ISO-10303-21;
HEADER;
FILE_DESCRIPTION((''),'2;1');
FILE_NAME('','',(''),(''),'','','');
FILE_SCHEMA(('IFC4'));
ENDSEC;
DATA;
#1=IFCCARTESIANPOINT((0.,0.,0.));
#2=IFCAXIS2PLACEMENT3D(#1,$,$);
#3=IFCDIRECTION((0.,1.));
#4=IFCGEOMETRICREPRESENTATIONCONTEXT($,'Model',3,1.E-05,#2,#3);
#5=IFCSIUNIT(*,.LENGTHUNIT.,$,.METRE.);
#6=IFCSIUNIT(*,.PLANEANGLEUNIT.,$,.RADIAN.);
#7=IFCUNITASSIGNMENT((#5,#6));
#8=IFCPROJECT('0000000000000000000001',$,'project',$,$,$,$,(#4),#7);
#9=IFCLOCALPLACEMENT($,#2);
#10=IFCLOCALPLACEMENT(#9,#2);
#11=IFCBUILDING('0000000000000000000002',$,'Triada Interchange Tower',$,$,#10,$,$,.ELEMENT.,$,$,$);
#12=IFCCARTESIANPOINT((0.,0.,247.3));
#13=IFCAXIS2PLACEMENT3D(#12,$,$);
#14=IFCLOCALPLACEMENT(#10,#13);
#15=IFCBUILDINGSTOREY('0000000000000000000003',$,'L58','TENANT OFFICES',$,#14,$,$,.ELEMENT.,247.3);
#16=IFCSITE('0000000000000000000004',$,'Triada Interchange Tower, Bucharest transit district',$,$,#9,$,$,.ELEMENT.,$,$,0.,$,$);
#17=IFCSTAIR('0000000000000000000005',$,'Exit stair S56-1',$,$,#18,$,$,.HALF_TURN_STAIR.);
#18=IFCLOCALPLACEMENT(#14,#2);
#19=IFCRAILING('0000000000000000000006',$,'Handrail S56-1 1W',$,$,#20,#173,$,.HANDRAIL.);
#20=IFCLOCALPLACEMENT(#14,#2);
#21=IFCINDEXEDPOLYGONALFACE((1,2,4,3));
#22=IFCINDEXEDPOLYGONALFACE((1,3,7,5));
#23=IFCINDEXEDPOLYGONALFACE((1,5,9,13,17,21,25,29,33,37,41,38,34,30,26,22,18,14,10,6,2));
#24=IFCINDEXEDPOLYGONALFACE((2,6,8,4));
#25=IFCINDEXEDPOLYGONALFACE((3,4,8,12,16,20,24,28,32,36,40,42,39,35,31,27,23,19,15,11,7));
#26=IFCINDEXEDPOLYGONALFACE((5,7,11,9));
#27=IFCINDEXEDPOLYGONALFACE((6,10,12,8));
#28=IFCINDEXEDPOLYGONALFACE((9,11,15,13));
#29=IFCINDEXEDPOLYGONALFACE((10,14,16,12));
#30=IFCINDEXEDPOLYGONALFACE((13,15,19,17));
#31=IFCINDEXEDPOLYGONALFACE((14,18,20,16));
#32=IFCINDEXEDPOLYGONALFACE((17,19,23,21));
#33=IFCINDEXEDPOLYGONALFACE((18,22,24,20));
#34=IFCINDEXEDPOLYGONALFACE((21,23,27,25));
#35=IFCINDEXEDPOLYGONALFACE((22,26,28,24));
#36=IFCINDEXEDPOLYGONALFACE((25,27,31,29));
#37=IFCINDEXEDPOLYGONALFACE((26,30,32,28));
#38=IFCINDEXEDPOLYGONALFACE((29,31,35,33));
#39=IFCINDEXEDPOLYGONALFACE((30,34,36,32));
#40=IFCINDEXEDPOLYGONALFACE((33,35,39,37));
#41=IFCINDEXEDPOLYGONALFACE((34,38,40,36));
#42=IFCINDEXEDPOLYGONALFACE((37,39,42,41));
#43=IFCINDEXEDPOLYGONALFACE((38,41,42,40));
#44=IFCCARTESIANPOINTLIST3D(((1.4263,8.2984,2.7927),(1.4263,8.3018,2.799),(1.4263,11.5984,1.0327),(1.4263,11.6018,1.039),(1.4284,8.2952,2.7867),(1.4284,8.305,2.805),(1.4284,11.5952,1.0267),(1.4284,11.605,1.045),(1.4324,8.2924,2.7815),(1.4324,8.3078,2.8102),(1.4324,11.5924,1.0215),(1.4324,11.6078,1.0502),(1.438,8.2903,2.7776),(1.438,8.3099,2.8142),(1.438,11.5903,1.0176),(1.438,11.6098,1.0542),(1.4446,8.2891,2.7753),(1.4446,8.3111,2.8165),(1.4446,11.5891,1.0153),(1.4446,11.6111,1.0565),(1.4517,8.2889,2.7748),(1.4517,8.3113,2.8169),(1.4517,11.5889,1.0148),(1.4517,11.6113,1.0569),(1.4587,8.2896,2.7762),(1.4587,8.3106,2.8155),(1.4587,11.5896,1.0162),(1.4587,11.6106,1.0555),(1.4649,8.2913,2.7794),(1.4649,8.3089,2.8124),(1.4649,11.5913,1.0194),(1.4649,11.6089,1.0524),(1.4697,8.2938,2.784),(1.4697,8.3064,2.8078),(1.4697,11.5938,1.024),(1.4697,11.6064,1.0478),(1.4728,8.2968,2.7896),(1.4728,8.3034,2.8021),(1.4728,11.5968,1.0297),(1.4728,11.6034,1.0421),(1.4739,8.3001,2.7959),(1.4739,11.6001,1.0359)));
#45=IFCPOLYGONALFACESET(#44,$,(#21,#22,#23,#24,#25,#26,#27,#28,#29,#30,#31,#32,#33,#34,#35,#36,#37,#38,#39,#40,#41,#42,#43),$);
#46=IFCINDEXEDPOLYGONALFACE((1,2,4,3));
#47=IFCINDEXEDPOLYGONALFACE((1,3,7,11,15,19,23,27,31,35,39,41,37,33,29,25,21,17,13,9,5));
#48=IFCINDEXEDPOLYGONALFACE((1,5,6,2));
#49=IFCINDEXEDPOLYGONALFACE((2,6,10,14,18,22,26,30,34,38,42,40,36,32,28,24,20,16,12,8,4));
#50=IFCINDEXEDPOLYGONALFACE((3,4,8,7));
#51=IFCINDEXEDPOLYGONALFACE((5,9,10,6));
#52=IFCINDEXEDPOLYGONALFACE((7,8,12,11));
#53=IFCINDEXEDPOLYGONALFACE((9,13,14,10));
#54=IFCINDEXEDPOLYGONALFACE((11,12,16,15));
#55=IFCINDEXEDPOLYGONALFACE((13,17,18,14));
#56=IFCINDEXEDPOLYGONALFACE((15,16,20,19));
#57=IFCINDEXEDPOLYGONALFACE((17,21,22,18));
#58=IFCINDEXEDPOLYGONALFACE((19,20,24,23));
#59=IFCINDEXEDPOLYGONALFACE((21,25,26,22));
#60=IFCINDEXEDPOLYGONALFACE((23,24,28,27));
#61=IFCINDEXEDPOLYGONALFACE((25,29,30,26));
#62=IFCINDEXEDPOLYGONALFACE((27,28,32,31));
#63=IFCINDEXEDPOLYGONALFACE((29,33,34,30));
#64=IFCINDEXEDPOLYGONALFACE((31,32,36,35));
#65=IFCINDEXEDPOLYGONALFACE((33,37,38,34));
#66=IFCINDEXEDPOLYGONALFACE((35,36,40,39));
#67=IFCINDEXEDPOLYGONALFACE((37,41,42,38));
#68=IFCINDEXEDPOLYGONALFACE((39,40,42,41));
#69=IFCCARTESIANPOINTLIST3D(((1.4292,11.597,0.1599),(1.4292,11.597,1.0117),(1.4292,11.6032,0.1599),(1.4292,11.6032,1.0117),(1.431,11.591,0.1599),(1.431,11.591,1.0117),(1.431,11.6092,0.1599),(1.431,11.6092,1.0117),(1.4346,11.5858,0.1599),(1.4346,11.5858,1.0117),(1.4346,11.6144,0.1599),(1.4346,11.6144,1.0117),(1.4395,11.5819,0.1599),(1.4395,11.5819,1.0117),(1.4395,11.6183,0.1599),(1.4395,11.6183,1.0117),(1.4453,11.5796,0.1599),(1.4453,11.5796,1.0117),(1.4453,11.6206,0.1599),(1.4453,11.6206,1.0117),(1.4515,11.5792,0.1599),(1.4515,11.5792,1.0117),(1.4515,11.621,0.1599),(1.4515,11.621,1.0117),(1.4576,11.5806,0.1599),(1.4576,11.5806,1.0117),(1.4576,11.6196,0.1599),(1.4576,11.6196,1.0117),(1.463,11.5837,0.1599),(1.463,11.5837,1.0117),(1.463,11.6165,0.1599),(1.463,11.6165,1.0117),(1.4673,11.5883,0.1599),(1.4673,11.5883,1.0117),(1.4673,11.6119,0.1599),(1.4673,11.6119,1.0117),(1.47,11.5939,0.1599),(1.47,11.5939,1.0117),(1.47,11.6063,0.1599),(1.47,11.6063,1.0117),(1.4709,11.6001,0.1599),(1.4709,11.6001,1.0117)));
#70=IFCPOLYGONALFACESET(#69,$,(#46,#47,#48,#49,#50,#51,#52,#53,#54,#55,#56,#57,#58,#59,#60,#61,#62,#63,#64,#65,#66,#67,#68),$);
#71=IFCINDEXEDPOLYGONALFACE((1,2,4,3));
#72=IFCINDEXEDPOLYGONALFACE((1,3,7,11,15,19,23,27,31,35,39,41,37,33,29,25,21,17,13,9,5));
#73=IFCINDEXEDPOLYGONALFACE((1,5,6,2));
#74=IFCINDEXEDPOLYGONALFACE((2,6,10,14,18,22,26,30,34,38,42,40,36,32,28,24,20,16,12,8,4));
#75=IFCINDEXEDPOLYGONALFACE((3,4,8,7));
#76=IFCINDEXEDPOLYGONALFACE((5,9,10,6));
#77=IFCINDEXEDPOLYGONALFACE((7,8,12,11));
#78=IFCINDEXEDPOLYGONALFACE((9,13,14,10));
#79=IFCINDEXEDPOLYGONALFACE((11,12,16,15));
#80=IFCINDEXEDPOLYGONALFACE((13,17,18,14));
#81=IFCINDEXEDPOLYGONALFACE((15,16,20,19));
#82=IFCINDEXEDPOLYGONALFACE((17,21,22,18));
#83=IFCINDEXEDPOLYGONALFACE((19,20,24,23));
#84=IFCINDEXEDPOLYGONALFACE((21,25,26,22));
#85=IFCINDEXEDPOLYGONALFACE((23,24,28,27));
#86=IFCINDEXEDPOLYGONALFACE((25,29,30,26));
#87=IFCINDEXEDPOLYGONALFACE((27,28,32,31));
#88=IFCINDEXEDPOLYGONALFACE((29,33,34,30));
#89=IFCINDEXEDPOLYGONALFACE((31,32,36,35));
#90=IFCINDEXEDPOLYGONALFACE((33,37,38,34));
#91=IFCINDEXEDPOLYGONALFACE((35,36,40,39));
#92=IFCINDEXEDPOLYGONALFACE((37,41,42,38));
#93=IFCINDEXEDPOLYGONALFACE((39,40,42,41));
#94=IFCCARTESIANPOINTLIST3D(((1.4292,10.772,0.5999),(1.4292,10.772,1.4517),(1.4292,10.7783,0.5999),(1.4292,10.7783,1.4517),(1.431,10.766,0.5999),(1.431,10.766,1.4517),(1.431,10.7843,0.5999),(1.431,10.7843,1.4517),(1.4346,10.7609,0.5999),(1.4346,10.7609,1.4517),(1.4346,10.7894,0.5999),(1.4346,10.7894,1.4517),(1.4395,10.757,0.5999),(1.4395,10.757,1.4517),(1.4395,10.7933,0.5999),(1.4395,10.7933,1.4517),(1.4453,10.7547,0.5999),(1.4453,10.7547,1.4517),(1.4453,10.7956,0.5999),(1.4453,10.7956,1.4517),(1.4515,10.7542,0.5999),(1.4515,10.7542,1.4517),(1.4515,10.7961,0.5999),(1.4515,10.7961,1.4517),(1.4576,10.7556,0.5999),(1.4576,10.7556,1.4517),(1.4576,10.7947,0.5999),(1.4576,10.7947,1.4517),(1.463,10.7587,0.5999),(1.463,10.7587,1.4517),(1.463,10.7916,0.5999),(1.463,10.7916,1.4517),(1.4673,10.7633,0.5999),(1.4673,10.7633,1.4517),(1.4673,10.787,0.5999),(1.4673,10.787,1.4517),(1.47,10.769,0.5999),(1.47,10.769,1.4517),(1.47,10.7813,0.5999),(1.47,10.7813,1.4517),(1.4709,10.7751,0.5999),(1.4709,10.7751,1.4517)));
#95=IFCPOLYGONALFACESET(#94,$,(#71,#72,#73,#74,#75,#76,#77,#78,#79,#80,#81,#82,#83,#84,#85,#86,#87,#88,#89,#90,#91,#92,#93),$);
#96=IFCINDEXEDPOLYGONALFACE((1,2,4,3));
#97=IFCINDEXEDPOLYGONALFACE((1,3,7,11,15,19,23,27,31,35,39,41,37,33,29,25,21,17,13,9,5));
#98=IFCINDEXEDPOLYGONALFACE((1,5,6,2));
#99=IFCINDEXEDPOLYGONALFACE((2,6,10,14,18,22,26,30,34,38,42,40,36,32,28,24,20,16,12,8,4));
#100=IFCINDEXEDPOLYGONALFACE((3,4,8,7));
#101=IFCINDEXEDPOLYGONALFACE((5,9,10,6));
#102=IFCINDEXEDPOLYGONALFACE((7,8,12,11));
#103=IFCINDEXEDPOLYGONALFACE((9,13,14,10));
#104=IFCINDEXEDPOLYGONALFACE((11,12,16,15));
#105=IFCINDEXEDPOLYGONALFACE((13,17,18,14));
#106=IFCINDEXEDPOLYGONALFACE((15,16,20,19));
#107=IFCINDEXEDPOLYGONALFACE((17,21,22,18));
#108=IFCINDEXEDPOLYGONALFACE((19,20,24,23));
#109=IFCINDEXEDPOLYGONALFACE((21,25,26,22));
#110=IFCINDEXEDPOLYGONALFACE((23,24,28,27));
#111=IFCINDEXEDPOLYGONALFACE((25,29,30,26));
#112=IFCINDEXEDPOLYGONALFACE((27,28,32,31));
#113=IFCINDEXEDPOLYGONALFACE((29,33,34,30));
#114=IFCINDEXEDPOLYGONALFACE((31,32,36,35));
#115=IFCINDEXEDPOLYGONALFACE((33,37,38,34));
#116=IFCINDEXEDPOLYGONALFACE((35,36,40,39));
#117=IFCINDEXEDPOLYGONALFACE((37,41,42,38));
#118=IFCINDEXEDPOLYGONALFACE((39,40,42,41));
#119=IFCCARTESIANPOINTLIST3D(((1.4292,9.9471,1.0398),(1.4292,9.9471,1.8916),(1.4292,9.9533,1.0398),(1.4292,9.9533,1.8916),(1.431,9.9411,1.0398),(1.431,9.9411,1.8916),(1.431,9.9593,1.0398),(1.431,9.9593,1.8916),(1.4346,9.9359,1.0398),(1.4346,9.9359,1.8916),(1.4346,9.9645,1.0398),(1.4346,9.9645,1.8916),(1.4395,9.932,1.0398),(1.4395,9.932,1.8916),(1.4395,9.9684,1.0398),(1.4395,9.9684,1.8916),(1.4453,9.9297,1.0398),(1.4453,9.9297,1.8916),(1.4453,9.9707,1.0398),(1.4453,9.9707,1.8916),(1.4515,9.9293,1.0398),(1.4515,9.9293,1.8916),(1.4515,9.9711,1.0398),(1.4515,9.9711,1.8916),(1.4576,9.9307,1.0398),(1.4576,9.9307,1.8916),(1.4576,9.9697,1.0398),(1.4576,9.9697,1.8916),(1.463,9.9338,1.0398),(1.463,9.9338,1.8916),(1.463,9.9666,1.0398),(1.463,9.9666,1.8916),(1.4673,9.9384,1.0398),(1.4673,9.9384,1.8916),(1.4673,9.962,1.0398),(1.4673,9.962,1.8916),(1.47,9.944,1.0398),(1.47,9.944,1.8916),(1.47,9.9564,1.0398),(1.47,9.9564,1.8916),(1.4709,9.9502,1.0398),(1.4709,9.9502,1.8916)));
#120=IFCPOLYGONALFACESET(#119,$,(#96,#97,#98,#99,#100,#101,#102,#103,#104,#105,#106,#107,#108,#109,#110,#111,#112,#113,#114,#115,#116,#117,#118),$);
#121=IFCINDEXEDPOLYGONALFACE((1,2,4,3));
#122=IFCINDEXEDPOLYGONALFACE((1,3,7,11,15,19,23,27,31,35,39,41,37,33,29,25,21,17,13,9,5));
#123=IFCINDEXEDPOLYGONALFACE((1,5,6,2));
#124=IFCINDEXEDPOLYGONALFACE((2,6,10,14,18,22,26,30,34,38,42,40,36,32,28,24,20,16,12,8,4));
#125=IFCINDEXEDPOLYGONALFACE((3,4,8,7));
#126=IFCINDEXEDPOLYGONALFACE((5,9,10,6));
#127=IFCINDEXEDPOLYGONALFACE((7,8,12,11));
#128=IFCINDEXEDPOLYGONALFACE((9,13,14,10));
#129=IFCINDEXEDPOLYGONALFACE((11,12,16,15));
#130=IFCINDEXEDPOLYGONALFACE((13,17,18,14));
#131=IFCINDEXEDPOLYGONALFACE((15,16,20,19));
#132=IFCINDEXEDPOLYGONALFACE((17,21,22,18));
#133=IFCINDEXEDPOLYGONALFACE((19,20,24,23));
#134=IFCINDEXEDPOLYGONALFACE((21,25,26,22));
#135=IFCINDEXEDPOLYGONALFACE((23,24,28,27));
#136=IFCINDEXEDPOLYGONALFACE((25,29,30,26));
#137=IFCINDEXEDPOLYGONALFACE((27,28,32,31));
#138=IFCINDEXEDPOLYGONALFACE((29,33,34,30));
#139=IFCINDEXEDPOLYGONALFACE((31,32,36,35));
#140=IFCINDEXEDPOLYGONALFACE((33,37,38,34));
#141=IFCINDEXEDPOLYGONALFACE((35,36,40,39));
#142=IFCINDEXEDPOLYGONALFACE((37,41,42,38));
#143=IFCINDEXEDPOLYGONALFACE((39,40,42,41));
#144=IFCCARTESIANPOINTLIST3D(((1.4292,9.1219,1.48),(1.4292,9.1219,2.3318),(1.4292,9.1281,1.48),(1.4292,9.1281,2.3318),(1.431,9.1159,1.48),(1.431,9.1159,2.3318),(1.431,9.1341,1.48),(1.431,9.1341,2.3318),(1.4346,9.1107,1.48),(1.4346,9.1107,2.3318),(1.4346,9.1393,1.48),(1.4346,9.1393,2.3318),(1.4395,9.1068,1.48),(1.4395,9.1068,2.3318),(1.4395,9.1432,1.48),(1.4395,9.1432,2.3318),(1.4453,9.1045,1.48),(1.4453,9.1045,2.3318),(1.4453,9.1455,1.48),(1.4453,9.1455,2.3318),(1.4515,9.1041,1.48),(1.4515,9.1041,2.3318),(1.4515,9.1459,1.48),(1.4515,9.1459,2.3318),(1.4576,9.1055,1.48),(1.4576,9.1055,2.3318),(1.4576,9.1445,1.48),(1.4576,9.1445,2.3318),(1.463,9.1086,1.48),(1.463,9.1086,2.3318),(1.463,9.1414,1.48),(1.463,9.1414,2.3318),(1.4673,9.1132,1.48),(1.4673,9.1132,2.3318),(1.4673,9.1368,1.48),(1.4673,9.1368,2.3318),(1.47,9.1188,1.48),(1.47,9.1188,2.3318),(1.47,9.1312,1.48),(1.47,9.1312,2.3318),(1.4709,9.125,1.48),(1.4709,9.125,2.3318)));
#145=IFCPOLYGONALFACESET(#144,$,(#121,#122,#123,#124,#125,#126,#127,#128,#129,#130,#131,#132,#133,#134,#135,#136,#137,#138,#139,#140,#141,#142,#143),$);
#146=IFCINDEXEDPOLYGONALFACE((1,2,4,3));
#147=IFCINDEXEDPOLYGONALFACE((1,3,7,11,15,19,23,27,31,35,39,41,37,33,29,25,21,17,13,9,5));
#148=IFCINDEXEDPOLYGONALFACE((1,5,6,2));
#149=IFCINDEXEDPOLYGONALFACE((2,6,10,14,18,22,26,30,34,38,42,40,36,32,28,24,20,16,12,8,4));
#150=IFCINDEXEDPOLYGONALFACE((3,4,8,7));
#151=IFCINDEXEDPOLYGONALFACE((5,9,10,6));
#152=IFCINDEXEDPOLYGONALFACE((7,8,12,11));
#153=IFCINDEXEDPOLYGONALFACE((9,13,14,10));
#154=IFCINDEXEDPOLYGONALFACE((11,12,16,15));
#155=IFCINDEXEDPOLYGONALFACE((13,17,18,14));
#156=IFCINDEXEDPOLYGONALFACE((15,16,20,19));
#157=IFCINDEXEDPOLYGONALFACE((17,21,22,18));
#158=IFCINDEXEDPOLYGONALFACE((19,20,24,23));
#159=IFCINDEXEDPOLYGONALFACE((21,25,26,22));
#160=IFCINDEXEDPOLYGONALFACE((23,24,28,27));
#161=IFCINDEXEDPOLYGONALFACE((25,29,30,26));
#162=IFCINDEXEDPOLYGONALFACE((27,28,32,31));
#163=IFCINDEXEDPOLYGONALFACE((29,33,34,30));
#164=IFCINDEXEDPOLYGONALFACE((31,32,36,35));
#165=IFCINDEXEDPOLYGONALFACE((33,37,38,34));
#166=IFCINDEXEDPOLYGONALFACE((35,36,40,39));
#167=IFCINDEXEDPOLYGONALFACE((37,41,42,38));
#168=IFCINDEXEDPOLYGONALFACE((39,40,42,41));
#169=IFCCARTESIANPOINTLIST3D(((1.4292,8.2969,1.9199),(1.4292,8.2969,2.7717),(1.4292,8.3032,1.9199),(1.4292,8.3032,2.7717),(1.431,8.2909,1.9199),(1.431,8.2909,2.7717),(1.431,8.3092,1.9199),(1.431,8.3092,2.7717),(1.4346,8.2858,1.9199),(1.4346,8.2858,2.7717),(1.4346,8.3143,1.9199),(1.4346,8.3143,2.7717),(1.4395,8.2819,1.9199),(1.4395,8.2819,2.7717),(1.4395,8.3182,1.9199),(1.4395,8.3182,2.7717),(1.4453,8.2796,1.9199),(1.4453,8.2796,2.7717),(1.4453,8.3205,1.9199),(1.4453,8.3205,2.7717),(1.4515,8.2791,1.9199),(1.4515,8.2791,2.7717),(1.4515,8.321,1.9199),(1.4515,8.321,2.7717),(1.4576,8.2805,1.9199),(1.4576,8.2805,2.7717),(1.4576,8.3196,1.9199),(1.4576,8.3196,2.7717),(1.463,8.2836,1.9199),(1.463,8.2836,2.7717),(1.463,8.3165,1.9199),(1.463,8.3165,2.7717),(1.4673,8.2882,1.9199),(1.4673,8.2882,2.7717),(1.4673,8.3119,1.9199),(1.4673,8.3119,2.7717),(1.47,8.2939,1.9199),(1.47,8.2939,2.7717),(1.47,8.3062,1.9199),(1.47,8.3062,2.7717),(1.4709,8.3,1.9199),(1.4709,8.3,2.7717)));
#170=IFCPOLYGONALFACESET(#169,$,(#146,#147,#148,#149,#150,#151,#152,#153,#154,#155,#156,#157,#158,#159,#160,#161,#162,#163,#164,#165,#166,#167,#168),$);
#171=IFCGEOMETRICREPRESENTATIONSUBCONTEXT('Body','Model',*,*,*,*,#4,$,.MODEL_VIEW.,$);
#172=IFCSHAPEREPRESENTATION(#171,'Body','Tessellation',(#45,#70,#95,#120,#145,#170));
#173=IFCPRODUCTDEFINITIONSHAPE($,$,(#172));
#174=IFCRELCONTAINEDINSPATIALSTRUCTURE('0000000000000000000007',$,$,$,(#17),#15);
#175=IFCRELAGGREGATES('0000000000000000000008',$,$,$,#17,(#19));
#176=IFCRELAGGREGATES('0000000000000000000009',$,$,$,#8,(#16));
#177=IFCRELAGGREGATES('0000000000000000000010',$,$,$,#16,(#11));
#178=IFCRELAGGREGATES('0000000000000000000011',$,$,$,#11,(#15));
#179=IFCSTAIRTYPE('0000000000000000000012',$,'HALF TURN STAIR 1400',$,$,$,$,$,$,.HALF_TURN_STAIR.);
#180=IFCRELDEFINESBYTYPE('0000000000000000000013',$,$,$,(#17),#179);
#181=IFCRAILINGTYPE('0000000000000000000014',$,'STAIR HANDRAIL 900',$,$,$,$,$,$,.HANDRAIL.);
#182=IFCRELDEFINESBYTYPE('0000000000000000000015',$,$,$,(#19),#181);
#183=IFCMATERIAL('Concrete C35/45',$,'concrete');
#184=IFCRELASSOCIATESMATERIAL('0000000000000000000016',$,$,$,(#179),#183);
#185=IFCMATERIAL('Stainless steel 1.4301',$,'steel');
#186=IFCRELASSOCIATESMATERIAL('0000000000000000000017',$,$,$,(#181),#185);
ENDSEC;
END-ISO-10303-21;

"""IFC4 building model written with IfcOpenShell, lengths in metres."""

from ifc_helpers import new_model, si_unit, direction, frame, origin, origin_2d, place, context, subcontext, project, spatial, circle, extrude, material, type_object, element, aggregate, save


model = new_model("IFC4")

# Units and contexts
model_context = context("Model", 3, precision=1e-05, world=origin(), true_north=direction((0.0, 1.0)))
body_context = subcontext(model_context, "Body", "Model", "MODEL_VIEW")
ifc_project = project(units=[si_unit("LENGTHUNIT", "METRE"), si_unit("PLANEANGLEUNIT", "RADIAN")], contexts=[model_context])

# Site, building, storey
site_placement = place(None, origin())
site = spatial("IfcSite", under=ifc_project, at=site_placement, Name="Triada Interchange Tower, Bucharest transit district", CompositionType="ELEMENT", RefElevation=0.0)
building_placement = place(site_placement, origin())
building = spatial("IfcBuilding", under=site, at=building_placement, Name="Triada Interchange Tower", CompositionType="ELEMENT")
storey_placement = place(building_placement, frame((0.0, 0.0, 247.3)))
storey = spatial("IfcBuildingStorey", under=building, at=storey_placement, Name="L58", Description="TENANT OFFICES", CompositionType="ELEMENT", Elevation=247.3)

# Stair
ifc_material_1 = material(Name="Concrete C35/45", Category="concrete")
stair_type = type_object("IfcStairType", Name="HALF TURN STAIR 1400", PredefinedType="HALF_TURN_STAIR", material=ifc_material_1)
stair_placement = place(storey_placement, origin())
stair = element("IfcStair", 1, at=stair_placement, inside=storey, type_object=stair_type, Name="Exit stair S56-1", PredefinedType="HALF_TURN_STAIR")

# Railing
ifc_material_2 = material(Name="Stainless steel 1.4301", Category="steel")
railing_type = type_object("IfcRailingType", Name="STAIR HANDRAIL 900", PredefinedType="HANDRAIL", material=ifc_material_2)
railing_1_placement = place(storey_placement, frame((1.45, 11.6001, 0.1599)))
railing_1 = element("IfcRailing", 2, at=railing_1_placement, type_object=railing_type, Name="Handrail S56-1 1W", PredefinedType="HANDRAIL", context=body_context, shape_type="SweptSolid", body=[
    extrude(circle(Radius=0.0239, at=origin_2d()), frame((0.0, 0.0, 0.876), z_axis=(0.0, -0.882355, 0.470585), x_axis=(1.0, 0.0, 0.0)), (0.0, 0.0, 1.0), 3.74),
    extrude(circle(Radius=0.021, at=origin_2d()), origin(), (0.0, 0.0, 1.0), 0.8518),
    extrude(circle(Radius=0.021, at=origin_2d()), frame((0.0, -0.825, 0.4399)), (0.0, 0.0, 1.0), 0.8518),
    extrude(circle(Radius=0.021, at=origin_2d()), frame((0.0, -1.6499, 0.8799)), (0.0, 0.0, 1.0), 0.8518),
    extrude(circle(Radius=0.021, at=origin_2d()), frame((0.0, -2.4751, 1.3201)), (0.0, 0.0, 1.0), 0.8518),
    extrude(circle(Radius=0.021, at=origin_2d()), frame((0.0, -3.3, 1.76)), (0.0, 0.0, 1.0), 0.8518),
])
aggregate(stair, [railing_1])

save(model, "model.ifc")
